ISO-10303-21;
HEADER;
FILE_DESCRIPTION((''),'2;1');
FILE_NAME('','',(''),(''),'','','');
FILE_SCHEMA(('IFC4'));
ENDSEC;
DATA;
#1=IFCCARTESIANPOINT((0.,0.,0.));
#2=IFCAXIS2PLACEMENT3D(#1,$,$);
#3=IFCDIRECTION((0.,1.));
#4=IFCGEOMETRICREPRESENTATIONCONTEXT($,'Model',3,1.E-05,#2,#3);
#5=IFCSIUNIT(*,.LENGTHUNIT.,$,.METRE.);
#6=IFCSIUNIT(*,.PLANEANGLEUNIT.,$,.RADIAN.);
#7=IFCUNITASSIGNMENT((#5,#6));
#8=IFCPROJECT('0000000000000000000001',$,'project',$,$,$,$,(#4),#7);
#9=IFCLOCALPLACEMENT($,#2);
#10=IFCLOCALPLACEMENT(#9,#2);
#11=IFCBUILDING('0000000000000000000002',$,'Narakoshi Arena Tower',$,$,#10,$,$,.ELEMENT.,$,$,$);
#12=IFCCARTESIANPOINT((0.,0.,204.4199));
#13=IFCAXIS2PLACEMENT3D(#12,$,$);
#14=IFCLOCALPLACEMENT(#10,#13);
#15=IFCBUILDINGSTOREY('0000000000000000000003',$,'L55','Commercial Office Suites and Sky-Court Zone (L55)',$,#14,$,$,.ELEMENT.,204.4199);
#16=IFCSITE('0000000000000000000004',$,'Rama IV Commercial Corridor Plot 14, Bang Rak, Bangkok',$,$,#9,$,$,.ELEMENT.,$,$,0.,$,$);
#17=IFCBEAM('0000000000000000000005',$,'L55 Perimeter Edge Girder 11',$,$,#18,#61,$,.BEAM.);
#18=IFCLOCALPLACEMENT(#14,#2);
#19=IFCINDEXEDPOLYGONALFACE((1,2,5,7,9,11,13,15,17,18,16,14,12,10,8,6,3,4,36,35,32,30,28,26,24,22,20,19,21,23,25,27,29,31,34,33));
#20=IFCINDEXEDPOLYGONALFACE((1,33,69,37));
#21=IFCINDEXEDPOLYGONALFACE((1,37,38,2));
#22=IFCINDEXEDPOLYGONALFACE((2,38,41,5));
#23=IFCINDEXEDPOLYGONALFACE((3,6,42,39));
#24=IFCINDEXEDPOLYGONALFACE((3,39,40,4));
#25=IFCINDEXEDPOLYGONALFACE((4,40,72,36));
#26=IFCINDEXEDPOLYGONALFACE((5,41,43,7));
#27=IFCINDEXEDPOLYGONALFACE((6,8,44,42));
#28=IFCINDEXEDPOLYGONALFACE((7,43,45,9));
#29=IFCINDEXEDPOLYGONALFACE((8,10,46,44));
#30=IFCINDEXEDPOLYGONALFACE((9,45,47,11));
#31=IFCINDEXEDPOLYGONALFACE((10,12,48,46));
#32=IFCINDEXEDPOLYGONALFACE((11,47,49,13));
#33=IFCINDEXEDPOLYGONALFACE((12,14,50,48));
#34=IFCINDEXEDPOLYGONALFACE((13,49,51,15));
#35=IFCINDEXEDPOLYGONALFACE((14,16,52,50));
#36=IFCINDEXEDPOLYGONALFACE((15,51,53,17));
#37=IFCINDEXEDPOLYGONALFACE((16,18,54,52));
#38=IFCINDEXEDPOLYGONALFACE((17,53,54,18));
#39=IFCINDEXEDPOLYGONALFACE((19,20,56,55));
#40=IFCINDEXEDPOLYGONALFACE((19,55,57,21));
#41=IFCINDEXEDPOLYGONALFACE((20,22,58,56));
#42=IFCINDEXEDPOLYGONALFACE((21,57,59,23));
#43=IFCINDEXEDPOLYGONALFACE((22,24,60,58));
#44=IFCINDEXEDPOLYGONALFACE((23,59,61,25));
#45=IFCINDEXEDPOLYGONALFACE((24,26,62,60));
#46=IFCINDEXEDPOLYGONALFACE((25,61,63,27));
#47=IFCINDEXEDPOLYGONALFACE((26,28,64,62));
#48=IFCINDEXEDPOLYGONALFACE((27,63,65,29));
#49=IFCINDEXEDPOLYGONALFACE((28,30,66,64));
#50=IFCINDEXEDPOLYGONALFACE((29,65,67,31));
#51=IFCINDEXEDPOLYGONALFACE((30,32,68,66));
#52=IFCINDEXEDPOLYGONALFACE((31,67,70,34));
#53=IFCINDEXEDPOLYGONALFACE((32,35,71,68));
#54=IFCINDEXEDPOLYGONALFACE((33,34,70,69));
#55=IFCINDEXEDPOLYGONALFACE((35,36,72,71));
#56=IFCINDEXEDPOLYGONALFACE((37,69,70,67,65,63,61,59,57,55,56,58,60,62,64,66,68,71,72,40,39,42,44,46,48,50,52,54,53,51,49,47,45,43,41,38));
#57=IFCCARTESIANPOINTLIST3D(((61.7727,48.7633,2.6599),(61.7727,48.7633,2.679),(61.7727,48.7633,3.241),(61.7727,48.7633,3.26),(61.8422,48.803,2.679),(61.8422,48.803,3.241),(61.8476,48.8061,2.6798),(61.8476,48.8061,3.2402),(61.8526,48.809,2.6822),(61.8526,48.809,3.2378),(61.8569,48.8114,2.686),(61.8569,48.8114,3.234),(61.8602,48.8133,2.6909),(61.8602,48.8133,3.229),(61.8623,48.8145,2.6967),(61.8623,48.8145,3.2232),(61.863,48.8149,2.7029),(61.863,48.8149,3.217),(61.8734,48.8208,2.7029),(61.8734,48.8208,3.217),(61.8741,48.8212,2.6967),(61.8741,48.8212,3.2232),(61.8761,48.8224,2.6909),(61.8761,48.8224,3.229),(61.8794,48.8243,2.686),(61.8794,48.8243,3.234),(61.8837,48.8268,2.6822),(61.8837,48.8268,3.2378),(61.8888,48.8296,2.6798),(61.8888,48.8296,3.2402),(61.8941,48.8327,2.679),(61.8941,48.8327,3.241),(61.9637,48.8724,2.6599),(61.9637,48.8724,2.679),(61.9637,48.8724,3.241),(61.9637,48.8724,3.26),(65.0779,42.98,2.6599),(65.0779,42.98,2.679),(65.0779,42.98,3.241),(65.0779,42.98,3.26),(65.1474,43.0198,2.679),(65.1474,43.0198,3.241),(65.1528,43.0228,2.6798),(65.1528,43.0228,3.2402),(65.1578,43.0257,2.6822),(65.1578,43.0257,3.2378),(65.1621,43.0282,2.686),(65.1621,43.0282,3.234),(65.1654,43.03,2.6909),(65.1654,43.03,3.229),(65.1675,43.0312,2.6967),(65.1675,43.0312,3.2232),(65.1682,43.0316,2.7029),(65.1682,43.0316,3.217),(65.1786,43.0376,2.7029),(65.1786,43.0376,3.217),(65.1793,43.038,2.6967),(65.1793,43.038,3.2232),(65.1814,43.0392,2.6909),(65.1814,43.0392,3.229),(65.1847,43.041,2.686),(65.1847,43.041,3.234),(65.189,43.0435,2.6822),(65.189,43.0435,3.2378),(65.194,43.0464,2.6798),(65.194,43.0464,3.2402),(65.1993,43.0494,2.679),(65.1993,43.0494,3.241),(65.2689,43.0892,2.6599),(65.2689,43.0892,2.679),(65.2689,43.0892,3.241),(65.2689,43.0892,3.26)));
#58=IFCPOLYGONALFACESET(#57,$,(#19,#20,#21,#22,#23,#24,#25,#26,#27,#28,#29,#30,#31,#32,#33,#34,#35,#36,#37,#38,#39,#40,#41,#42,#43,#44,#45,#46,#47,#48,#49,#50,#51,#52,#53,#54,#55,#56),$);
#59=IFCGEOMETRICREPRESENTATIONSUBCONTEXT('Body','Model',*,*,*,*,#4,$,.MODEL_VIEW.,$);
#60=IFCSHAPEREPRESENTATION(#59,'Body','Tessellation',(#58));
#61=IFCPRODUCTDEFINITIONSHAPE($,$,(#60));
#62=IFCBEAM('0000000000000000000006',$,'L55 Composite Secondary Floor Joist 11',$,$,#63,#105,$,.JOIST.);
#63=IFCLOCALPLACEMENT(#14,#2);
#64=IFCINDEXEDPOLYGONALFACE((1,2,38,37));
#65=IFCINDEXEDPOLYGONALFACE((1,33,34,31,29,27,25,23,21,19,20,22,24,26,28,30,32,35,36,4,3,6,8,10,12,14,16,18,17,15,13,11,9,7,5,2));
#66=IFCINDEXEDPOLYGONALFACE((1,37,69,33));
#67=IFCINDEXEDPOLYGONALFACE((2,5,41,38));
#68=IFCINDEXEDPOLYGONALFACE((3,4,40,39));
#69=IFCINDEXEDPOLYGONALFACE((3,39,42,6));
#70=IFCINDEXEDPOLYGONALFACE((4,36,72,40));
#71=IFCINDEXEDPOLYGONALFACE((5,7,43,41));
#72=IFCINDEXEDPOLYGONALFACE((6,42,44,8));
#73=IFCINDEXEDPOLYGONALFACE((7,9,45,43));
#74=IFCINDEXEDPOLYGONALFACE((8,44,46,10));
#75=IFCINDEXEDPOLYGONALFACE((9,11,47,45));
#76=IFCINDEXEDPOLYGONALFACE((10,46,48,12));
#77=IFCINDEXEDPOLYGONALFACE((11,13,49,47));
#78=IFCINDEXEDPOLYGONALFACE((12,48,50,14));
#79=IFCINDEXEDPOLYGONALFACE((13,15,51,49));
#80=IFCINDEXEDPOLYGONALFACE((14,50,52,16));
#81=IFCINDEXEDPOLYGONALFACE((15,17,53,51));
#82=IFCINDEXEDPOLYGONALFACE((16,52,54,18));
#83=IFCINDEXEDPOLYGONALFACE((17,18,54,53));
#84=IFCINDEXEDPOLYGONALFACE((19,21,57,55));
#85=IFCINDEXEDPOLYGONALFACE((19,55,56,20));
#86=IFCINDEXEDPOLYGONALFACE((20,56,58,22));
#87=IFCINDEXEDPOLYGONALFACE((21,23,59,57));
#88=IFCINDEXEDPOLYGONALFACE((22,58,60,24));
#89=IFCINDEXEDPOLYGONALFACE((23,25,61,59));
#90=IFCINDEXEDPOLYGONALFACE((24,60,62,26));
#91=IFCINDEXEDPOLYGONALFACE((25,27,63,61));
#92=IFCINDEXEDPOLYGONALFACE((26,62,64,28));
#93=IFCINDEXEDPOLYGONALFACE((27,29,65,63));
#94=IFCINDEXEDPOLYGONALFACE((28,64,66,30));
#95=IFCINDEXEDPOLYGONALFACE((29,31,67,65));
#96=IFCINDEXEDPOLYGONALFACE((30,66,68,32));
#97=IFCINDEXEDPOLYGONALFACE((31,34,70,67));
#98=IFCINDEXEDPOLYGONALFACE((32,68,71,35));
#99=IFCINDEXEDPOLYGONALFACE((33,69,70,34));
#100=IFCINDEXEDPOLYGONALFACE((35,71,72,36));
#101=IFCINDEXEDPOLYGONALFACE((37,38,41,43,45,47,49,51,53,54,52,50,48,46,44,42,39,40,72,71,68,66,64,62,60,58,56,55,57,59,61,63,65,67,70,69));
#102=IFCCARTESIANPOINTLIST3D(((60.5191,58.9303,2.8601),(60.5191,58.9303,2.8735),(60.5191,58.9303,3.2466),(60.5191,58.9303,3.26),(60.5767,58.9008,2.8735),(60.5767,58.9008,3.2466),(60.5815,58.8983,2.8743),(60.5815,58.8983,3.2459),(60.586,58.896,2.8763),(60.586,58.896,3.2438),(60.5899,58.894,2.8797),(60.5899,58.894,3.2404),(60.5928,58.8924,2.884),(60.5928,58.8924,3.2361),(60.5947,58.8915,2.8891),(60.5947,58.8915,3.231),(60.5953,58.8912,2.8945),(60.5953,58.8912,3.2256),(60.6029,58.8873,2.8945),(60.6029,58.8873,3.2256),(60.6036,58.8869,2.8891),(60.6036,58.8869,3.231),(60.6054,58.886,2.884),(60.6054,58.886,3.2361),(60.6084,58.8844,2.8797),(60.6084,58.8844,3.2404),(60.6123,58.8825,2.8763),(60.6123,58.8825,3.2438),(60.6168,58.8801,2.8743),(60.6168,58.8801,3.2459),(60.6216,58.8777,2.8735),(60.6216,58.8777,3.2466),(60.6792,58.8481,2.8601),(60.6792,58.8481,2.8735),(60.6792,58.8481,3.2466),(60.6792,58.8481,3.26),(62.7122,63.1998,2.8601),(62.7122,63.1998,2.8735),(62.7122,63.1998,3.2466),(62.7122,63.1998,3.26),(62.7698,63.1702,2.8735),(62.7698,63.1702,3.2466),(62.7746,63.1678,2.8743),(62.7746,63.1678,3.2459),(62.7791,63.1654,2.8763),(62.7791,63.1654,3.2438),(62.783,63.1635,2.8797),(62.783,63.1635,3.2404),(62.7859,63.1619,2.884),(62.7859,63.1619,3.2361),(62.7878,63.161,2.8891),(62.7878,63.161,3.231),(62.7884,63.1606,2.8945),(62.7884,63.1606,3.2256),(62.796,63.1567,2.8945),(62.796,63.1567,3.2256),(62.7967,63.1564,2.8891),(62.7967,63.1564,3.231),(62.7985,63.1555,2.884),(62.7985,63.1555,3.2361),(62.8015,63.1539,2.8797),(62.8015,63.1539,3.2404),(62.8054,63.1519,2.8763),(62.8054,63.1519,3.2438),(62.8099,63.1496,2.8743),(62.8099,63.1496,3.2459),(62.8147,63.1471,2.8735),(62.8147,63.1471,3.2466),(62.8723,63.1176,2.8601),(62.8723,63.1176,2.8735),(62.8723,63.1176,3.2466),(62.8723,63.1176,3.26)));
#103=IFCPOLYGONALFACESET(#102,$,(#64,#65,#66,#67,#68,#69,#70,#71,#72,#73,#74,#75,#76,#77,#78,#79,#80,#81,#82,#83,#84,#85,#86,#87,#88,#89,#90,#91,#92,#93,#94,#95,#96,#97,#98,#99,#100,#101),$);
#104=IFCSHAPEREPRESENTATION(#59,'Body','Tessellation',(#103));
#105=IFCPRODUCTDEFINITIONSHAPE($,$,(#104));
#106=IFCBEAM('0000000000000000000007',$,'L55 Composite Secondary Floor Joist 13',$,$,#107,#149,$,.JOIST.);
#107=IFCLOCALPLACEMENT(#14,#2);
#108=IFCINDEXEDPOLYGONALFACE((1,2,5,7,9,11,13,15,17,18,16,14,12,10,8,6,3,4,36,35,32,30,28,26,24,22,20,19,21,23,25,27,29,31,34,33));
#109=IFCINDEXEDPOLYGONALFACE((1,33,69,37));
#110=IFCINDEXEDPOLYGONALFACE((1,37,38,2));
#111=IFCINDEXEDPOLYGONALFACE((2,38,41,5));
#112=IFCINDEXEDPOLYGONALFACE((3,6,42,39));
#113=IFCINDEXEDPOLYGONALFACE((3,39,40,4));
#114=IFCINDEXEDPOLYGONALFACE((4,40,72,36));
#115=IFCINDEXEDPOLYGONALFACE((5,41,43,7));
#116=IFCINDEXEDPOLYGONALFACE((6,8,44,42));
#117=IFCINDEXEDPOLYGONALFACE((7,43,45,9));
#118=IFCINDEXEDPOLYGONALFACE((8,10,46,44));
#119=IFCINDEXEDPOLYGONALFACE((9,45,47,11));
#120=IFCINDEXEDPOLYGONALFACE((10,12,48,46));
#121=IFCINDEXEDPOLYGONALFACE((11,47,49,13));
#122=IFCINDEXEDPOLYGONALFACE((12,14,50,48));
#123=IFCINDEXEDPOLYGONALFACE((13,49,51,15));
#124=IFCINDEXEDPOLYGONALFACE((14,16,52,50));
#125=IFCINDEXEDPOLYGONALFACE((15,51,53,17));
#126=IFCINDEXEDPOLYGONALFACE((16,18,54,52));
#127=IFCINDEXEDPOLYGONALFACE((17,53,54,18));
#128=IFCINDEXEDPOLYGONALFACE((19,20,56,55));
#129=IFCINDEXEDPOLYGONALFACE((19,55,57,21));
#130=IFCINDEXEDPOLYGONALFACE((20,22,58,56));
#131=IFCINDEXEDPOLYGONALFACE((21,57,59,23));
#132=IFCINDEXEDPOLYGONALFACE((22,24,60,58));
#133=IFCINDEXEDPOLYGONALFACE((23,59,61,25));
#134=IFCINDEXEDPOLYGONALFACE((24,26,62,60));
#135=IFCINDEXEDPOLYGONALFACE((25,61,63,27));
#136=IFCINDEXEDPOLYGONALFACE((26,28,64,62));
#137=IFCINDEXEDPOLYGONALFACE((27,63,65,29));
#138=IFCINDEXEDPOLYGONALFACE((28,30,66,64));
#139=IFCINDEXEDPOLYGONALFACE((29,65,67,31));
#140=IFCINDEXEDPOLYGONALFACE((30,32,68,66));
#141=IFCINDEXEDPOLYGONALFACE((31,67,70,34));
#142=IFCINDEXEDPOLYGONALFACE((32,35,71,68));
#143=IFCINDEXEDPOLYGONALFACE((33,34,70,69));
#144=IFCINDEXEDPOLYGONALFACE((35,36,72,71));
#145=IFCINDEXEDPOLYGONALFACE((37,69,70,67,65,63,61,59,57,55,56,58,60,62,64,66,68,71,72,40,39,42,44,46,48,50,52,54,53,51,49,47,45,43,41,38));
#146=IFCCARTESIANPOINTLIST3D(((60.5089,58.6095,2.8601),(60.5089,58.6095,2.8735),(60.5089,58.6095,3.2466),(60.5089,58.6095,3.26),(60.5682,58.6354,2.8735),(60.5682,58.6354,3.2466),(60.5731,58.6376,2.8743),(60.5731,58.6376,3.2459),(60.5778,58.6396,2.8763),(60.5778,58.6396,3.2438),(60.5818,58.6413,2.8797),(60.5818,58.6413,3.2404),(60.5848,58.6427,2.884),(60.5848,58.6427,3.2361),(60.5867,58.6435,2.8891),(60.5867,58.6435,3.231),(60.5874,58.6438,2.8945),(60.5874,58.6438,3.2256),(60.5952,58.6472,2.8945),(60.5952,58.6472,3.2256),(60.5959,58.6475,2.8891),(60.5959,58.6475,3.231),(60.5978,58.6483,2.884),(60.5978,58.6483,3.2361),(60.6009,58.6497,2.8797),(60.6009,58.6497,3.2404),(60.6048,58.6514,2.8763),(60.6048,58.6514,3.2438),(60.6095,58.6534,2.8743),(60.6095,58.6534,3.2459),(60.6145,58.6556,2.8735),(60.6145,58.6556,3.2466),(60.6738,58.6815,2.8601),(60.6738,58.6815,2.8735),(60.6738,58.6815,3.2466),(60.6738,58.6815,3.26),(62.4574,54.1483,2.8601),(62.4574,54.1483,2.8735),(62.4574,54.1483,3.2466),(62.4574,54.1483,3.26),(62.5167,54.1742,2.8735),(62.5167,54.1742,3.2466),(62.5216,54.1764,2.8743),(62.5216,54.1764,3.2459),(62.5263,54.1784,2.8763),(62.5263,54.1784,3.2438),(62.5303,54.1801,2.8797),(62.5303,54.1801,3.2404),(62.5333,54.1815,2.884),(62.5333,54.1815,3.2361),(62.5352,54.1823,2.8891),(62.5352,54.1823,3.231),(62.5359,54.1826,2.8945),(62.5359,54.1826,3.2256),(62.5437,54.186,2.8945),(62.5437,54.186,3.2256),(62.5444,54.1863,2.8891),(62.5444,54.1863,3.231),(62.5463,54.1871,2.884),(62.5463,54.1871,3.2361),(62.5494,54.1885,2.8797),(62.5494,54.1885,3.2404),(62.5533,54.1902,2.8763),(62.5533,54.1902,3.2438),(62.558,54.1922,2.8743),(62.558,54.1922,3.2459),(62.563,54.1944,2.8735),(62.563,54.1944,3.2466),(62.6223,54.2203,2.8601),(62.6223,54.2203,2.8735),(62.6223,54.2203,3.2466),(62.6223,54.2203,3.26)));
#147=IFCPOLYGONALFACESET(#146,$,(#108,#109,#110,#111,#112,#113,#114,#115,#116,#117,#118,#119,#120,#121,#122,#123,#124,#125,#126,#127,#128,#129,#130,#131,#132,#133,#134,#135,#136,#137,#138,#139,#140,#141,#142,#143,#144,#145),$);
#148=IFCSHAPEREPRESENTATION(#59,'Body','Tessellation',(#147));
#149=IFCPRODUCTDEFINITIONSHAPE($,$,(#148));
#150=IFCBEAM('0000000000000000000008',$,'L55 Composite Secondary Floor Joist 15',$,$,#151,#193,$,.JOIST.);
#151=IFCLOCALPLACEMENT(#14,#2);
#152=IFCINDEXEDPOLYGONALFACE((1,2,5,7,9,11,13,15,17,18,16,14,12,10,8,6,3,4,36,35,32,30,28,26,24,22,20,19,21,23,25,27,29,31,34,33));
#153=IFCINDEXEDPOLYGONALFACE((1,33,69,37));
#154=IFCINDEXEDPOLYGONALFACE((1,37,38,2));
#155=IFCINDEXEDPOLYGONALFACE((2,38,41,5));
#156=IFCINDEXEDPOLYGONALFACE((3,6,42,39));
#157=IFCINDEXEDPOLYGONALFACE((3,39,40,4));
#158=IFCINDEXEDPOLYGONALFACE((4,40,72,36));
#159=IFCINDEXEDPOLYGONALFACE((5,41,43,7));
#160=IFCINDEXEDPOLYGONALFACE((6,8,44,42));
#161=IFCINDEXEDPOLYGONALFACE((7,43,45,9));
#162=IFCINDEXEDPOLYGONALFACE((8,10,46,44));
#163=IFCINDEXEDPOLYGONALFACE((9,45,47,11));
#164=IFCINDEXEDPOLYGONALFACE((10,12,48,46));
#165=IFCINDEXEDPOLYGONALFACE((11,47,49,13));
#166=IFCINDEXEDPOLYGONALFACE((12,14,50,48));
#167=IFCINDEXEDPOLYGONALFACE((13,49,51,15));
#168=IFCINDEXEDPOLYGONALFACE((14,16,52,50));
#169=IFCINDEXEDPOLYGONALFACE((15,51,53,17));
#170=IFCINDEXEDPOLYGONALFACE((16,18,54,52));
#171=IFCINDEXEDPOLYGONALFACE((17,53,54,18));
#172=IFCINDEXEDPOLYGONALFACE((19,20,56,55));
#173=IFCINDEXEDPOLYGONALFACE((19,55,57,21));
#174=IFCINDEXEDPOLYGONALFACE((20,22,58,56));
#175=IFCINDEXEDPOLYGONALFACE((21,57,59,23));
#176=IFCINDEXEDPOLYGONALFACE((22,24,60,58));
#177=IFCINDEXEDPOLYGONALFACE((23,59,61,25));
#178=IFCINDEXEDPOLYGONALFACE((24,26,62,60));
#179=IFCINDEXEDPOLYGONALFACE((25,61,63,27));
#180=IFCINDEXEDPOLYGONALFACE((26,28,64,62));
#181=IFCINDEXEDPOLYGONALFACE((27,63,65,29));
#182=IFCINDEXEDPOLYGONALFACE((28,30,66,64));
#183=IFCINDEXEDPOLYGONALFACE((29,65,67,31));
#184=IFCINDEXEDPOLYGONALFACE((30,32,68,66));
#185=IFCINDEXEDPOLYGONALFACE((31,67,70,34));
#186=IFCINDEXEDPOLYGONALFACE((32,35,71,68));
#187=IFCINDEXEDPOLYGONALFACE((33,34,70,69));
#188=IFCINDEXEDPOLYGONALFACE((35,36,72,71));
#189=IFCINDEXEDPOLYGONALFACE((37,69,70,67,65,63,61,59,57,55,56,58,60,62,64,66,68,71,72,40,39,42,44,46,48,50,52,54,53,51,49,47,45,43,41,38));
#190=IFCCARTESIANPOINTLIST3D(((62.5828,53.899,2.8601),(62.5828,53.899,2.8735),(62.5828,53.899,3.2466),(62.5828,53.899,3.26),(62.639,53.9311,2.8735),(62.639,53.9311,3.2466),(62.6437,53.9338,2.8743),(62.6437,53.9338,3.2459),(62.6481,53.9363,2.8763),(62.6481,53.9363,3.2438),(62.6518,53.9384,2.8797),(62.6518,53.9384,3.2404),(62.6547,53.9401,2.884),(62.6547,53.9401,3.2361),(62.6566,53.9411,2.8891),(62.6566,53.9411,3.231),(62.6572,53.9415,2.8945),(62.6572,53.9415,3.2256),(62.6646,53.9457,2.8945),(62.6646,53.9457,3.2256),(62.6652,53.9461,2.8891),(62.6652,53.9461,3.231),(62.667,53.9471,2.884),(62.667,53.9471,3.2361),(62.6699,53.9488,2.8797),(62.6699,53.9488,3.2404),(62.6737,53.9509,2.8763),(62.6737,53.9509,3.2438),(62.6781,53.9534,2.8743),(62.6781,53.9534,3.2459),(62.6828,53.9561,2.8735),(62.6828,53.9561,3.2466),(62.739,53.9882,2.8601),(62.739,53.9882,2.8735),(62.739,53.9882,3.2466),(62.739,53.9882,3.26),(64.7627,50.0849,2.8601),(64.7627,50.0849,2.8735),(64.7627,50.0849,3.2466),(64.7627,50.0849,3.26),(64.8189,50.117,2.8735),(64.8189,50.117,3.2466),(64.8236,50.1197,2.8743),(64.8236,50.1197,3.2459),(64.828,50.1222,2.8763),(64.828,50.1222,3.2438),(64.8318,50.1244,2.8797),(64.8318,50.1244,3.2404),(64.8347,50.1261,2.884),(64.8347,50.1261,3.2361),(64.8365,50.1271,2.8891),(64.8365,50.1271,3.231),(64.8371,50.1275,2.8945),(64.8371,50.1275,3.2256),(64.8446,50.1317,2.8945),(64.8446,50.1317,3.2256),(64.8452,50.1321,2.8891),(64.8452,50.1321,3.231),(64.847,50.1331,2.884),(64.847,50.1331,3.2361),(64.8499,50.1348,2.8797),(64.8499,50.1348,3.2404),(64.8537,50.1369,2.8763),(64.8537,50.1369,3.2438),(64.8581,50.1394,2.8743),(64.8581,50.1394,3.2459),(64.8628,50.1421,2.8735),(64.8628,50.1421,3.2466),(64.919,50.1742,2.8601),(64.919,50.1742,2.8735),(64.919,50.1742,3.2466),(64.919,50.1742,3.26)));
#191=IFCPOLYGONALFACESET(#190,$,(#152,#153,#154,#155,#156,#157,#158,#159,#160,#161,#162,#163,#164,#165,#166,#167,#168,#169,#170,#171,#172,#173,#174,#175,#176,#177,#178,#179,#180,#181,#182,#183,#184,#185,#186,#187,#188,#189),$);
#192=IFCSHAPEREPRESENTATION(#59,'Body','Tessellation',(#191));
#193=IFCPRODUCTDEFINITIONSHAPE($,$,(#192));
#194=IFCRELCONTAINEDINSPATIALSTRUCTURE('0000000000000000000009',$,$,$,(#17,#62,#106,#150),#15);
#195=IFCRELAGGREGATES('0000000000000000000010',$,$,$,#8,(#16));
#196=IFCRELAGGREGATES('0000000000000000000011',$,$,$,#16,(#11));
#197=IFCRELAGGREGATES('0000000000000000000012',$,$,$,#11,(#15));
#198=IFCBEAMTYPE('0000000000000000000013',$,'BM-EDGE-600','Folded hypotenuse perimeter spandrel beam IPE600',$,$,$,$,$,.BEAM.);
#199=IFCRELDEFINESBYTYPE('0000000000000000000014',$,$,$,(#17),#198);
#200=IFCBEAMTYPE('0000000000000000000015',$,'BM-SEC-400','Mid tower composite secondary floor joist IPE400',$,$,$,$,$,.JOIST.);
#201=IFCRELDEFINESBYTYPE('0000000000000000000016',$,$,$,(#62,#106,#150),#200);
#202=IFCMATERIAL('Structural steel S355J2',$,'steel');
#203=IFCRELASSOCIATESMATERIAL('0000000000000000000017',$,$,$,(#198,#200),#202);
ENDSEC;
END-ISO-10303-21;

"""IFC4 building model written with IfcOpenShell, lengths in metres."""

from ifc_helpers import new_model, si_unit, direction, frame, origin, origin_2d, place, context, subcontext, project, spatial, i_section, extrude, material, material_profile, profile_set, type_object, element, save


model = new_model("IFC4")

# Units and contexts
model_context = context("Model", 3, precision=1e-05, world=origin(), true_north=direction((0.0, 1.0)))
body_context = subcontext(model_context, "Body", "Model", "MODEL_VIEW")
ifc_project = project(units=[si_unit("LENGTHUNIT", "METRE"), si_unit("PLANEANGLEUNIT", "RADIAN")], contexts=[model_context])

# Site, building, storey
site_placement = place(None, origin())
site = spatial("IfcSite", under=ifc_project, at=site_placement, Name="Rama IV Commercial Corridor Plot 14, Bang Rak, Bangkok", CompositionType="ELEMENT", RefElevation=0.0)
building_placement = place(site_placement, origin())
building = spatial("IfcBuilding", under=site, at=building_placement, Name="Narakoshi Arena Tower", CompositionType="ELEMENT")
storey_placement = place(building_placement, frame((0.0, 0.0, 204.4199)))
storey = spatial("IfcBuildingStorey", under=building, at=storey_placement, Name="L55", Description="Commercial Office Suites and Sky-Court Zone (L55)", CompositionType="ELEMENT", Elevation=204.4199)

# Beams
ifc_material_1 = material(Name="Structural steel S355J2", Category="steel")
ifc_material_profile_1 = material_profile(ifc_material_1, i_section(OverallWidth=0.22, OverallDepth=0.6001, WebThickness=0.012, FlangeThickness=0.019, FilletRadius=0.0239, at=origin_2d()), Name="IPE600")
ifc_profile_set_1 = profile_set([ifc_material_profile_1], Name="Structural steel S355J2")
beam_type_1 = type_object("IfcBeamType", Name="BM-EDGE-600", Description="Folded hypotenuse perimeter spandrel beam IPE600", PredefinedType="BEAM", material=ifc_profile_set_1)
for number, where, z_axis, x_axis, name in (
    (1, (61.8682, 48.8179, 2.96), (0.496194, -0.868212, 0.0), (0.868212, 0.496194, 0.0), "L55 Perimeter Edge Girder 11"),
):
    element("IfcBeam", number, at=place(storey_placement, frame(where, z_axis=z_axis, x_axis=x_axis)), inside=storey, type_object=beam_type_1, Name=name, PredefinedType="BEAM", context=body_context, shape_type="SweptSolid", body=[
        extrude(i_section(OverallWidth=0.22, OverallDepth=0.6001, WebThickness=0.012, FlangeThickness=0.019, FilletRadius=0.0239, at=origin_2d()), origin(), (0.0, 0.0, 1.0), 6.6611),
    ])
ifc_material_profile_2 = material_profile(ifc_material_1, i_section(OverallWidth=0.1799, OverallDepth=0.3999, WebThickness=0.0085, FlangeThickness=0.0134, FilletRadius=0.021, at=origin_2d()), Name="IPE400")
ifc_profile_set_2 = profile_set([ifc_material_profile_2], Name="Structural steel S355J2")
beam_type_2 = type_object("IfcBeamType", Name="BM-SEC-400", Description="Mid tower composite secondary floor joist IPE400", PredefinedType="JOIST", material=ifc_profile_set_2)
beam_1_placement = place(storey_placement, frame((62.7922, 63.1587, 3.0601), z_axis=(-0.456912, -0.889512, 0.0), x_axis=(0.889512, -0.456912, 0.0)))
element("IfcBeam", 2, at=beam_1_placement, inside=storey, type_object=beam_type_2, Name="L55 Composite Secondary Floor Joist 11", PredefinedType="JOIST", context=body_context, shape_type="SweptSolid", body=[
    extrude(i_section(OverallWidth=0.1799, OverallDepth=0.3999, WebThickness=0.0085, FlangeThickness=0.0134, FilletRadius=0.021, at=origin_2d()), origin(), (0.0, 0.0, 1.0), 4.7998),
])
beam_2_placement = place(storey_placement, frame((60.5913, 58.6455, 3.0601), z_axis=(0.400253, -0.916405, 0.0), x_axis=(0.916405, 0.400253, 0.0)))
element("IfcBeam", 3, at=beam_2_placement, inside=storey, type_object=beam_type_2, Name="L55 Composite Secondary Floor Joist 13", PredefinedType="JOIST", context=body_context, shape_type="SweptSolid", body=[
    extrude(i_section(OverallWidth=0.1799, OverallDepth=0.3999, WebThickness=0.0085, FlangeThickness=0.0134, FilletRadius=0.021, at=origin_2d()), origin(), (0.0, 0.0, 1.0), 4.8682),
])
beam_3_placement = place(storey_placement, frame((62.6609, 53.9436, 3.0601), z_axis=(0.496229, -0.868192, 0.0), x_axis=(0.868192, 0.496229, 0.0)))
element("IfcBeam", 4, at=beam_3_placement, inside=storey, type_object=beam_type_2, Name="L55 Composite Secondary Floor Joist 15", PredefinedType="JOIST", context=body_context, shape_type="SweptSolid", body=[
    extrude(i_section(OverallWidth=0.1799, OverallDepth=0.3999, WebThickness=0.0085, FlangeThickness=0.0134, FilletRadius=0.021, at=origin_2d()), origin(), (0.0, 0.0, 1.0), 4.3931),
])

save(model, "model.ifc")
